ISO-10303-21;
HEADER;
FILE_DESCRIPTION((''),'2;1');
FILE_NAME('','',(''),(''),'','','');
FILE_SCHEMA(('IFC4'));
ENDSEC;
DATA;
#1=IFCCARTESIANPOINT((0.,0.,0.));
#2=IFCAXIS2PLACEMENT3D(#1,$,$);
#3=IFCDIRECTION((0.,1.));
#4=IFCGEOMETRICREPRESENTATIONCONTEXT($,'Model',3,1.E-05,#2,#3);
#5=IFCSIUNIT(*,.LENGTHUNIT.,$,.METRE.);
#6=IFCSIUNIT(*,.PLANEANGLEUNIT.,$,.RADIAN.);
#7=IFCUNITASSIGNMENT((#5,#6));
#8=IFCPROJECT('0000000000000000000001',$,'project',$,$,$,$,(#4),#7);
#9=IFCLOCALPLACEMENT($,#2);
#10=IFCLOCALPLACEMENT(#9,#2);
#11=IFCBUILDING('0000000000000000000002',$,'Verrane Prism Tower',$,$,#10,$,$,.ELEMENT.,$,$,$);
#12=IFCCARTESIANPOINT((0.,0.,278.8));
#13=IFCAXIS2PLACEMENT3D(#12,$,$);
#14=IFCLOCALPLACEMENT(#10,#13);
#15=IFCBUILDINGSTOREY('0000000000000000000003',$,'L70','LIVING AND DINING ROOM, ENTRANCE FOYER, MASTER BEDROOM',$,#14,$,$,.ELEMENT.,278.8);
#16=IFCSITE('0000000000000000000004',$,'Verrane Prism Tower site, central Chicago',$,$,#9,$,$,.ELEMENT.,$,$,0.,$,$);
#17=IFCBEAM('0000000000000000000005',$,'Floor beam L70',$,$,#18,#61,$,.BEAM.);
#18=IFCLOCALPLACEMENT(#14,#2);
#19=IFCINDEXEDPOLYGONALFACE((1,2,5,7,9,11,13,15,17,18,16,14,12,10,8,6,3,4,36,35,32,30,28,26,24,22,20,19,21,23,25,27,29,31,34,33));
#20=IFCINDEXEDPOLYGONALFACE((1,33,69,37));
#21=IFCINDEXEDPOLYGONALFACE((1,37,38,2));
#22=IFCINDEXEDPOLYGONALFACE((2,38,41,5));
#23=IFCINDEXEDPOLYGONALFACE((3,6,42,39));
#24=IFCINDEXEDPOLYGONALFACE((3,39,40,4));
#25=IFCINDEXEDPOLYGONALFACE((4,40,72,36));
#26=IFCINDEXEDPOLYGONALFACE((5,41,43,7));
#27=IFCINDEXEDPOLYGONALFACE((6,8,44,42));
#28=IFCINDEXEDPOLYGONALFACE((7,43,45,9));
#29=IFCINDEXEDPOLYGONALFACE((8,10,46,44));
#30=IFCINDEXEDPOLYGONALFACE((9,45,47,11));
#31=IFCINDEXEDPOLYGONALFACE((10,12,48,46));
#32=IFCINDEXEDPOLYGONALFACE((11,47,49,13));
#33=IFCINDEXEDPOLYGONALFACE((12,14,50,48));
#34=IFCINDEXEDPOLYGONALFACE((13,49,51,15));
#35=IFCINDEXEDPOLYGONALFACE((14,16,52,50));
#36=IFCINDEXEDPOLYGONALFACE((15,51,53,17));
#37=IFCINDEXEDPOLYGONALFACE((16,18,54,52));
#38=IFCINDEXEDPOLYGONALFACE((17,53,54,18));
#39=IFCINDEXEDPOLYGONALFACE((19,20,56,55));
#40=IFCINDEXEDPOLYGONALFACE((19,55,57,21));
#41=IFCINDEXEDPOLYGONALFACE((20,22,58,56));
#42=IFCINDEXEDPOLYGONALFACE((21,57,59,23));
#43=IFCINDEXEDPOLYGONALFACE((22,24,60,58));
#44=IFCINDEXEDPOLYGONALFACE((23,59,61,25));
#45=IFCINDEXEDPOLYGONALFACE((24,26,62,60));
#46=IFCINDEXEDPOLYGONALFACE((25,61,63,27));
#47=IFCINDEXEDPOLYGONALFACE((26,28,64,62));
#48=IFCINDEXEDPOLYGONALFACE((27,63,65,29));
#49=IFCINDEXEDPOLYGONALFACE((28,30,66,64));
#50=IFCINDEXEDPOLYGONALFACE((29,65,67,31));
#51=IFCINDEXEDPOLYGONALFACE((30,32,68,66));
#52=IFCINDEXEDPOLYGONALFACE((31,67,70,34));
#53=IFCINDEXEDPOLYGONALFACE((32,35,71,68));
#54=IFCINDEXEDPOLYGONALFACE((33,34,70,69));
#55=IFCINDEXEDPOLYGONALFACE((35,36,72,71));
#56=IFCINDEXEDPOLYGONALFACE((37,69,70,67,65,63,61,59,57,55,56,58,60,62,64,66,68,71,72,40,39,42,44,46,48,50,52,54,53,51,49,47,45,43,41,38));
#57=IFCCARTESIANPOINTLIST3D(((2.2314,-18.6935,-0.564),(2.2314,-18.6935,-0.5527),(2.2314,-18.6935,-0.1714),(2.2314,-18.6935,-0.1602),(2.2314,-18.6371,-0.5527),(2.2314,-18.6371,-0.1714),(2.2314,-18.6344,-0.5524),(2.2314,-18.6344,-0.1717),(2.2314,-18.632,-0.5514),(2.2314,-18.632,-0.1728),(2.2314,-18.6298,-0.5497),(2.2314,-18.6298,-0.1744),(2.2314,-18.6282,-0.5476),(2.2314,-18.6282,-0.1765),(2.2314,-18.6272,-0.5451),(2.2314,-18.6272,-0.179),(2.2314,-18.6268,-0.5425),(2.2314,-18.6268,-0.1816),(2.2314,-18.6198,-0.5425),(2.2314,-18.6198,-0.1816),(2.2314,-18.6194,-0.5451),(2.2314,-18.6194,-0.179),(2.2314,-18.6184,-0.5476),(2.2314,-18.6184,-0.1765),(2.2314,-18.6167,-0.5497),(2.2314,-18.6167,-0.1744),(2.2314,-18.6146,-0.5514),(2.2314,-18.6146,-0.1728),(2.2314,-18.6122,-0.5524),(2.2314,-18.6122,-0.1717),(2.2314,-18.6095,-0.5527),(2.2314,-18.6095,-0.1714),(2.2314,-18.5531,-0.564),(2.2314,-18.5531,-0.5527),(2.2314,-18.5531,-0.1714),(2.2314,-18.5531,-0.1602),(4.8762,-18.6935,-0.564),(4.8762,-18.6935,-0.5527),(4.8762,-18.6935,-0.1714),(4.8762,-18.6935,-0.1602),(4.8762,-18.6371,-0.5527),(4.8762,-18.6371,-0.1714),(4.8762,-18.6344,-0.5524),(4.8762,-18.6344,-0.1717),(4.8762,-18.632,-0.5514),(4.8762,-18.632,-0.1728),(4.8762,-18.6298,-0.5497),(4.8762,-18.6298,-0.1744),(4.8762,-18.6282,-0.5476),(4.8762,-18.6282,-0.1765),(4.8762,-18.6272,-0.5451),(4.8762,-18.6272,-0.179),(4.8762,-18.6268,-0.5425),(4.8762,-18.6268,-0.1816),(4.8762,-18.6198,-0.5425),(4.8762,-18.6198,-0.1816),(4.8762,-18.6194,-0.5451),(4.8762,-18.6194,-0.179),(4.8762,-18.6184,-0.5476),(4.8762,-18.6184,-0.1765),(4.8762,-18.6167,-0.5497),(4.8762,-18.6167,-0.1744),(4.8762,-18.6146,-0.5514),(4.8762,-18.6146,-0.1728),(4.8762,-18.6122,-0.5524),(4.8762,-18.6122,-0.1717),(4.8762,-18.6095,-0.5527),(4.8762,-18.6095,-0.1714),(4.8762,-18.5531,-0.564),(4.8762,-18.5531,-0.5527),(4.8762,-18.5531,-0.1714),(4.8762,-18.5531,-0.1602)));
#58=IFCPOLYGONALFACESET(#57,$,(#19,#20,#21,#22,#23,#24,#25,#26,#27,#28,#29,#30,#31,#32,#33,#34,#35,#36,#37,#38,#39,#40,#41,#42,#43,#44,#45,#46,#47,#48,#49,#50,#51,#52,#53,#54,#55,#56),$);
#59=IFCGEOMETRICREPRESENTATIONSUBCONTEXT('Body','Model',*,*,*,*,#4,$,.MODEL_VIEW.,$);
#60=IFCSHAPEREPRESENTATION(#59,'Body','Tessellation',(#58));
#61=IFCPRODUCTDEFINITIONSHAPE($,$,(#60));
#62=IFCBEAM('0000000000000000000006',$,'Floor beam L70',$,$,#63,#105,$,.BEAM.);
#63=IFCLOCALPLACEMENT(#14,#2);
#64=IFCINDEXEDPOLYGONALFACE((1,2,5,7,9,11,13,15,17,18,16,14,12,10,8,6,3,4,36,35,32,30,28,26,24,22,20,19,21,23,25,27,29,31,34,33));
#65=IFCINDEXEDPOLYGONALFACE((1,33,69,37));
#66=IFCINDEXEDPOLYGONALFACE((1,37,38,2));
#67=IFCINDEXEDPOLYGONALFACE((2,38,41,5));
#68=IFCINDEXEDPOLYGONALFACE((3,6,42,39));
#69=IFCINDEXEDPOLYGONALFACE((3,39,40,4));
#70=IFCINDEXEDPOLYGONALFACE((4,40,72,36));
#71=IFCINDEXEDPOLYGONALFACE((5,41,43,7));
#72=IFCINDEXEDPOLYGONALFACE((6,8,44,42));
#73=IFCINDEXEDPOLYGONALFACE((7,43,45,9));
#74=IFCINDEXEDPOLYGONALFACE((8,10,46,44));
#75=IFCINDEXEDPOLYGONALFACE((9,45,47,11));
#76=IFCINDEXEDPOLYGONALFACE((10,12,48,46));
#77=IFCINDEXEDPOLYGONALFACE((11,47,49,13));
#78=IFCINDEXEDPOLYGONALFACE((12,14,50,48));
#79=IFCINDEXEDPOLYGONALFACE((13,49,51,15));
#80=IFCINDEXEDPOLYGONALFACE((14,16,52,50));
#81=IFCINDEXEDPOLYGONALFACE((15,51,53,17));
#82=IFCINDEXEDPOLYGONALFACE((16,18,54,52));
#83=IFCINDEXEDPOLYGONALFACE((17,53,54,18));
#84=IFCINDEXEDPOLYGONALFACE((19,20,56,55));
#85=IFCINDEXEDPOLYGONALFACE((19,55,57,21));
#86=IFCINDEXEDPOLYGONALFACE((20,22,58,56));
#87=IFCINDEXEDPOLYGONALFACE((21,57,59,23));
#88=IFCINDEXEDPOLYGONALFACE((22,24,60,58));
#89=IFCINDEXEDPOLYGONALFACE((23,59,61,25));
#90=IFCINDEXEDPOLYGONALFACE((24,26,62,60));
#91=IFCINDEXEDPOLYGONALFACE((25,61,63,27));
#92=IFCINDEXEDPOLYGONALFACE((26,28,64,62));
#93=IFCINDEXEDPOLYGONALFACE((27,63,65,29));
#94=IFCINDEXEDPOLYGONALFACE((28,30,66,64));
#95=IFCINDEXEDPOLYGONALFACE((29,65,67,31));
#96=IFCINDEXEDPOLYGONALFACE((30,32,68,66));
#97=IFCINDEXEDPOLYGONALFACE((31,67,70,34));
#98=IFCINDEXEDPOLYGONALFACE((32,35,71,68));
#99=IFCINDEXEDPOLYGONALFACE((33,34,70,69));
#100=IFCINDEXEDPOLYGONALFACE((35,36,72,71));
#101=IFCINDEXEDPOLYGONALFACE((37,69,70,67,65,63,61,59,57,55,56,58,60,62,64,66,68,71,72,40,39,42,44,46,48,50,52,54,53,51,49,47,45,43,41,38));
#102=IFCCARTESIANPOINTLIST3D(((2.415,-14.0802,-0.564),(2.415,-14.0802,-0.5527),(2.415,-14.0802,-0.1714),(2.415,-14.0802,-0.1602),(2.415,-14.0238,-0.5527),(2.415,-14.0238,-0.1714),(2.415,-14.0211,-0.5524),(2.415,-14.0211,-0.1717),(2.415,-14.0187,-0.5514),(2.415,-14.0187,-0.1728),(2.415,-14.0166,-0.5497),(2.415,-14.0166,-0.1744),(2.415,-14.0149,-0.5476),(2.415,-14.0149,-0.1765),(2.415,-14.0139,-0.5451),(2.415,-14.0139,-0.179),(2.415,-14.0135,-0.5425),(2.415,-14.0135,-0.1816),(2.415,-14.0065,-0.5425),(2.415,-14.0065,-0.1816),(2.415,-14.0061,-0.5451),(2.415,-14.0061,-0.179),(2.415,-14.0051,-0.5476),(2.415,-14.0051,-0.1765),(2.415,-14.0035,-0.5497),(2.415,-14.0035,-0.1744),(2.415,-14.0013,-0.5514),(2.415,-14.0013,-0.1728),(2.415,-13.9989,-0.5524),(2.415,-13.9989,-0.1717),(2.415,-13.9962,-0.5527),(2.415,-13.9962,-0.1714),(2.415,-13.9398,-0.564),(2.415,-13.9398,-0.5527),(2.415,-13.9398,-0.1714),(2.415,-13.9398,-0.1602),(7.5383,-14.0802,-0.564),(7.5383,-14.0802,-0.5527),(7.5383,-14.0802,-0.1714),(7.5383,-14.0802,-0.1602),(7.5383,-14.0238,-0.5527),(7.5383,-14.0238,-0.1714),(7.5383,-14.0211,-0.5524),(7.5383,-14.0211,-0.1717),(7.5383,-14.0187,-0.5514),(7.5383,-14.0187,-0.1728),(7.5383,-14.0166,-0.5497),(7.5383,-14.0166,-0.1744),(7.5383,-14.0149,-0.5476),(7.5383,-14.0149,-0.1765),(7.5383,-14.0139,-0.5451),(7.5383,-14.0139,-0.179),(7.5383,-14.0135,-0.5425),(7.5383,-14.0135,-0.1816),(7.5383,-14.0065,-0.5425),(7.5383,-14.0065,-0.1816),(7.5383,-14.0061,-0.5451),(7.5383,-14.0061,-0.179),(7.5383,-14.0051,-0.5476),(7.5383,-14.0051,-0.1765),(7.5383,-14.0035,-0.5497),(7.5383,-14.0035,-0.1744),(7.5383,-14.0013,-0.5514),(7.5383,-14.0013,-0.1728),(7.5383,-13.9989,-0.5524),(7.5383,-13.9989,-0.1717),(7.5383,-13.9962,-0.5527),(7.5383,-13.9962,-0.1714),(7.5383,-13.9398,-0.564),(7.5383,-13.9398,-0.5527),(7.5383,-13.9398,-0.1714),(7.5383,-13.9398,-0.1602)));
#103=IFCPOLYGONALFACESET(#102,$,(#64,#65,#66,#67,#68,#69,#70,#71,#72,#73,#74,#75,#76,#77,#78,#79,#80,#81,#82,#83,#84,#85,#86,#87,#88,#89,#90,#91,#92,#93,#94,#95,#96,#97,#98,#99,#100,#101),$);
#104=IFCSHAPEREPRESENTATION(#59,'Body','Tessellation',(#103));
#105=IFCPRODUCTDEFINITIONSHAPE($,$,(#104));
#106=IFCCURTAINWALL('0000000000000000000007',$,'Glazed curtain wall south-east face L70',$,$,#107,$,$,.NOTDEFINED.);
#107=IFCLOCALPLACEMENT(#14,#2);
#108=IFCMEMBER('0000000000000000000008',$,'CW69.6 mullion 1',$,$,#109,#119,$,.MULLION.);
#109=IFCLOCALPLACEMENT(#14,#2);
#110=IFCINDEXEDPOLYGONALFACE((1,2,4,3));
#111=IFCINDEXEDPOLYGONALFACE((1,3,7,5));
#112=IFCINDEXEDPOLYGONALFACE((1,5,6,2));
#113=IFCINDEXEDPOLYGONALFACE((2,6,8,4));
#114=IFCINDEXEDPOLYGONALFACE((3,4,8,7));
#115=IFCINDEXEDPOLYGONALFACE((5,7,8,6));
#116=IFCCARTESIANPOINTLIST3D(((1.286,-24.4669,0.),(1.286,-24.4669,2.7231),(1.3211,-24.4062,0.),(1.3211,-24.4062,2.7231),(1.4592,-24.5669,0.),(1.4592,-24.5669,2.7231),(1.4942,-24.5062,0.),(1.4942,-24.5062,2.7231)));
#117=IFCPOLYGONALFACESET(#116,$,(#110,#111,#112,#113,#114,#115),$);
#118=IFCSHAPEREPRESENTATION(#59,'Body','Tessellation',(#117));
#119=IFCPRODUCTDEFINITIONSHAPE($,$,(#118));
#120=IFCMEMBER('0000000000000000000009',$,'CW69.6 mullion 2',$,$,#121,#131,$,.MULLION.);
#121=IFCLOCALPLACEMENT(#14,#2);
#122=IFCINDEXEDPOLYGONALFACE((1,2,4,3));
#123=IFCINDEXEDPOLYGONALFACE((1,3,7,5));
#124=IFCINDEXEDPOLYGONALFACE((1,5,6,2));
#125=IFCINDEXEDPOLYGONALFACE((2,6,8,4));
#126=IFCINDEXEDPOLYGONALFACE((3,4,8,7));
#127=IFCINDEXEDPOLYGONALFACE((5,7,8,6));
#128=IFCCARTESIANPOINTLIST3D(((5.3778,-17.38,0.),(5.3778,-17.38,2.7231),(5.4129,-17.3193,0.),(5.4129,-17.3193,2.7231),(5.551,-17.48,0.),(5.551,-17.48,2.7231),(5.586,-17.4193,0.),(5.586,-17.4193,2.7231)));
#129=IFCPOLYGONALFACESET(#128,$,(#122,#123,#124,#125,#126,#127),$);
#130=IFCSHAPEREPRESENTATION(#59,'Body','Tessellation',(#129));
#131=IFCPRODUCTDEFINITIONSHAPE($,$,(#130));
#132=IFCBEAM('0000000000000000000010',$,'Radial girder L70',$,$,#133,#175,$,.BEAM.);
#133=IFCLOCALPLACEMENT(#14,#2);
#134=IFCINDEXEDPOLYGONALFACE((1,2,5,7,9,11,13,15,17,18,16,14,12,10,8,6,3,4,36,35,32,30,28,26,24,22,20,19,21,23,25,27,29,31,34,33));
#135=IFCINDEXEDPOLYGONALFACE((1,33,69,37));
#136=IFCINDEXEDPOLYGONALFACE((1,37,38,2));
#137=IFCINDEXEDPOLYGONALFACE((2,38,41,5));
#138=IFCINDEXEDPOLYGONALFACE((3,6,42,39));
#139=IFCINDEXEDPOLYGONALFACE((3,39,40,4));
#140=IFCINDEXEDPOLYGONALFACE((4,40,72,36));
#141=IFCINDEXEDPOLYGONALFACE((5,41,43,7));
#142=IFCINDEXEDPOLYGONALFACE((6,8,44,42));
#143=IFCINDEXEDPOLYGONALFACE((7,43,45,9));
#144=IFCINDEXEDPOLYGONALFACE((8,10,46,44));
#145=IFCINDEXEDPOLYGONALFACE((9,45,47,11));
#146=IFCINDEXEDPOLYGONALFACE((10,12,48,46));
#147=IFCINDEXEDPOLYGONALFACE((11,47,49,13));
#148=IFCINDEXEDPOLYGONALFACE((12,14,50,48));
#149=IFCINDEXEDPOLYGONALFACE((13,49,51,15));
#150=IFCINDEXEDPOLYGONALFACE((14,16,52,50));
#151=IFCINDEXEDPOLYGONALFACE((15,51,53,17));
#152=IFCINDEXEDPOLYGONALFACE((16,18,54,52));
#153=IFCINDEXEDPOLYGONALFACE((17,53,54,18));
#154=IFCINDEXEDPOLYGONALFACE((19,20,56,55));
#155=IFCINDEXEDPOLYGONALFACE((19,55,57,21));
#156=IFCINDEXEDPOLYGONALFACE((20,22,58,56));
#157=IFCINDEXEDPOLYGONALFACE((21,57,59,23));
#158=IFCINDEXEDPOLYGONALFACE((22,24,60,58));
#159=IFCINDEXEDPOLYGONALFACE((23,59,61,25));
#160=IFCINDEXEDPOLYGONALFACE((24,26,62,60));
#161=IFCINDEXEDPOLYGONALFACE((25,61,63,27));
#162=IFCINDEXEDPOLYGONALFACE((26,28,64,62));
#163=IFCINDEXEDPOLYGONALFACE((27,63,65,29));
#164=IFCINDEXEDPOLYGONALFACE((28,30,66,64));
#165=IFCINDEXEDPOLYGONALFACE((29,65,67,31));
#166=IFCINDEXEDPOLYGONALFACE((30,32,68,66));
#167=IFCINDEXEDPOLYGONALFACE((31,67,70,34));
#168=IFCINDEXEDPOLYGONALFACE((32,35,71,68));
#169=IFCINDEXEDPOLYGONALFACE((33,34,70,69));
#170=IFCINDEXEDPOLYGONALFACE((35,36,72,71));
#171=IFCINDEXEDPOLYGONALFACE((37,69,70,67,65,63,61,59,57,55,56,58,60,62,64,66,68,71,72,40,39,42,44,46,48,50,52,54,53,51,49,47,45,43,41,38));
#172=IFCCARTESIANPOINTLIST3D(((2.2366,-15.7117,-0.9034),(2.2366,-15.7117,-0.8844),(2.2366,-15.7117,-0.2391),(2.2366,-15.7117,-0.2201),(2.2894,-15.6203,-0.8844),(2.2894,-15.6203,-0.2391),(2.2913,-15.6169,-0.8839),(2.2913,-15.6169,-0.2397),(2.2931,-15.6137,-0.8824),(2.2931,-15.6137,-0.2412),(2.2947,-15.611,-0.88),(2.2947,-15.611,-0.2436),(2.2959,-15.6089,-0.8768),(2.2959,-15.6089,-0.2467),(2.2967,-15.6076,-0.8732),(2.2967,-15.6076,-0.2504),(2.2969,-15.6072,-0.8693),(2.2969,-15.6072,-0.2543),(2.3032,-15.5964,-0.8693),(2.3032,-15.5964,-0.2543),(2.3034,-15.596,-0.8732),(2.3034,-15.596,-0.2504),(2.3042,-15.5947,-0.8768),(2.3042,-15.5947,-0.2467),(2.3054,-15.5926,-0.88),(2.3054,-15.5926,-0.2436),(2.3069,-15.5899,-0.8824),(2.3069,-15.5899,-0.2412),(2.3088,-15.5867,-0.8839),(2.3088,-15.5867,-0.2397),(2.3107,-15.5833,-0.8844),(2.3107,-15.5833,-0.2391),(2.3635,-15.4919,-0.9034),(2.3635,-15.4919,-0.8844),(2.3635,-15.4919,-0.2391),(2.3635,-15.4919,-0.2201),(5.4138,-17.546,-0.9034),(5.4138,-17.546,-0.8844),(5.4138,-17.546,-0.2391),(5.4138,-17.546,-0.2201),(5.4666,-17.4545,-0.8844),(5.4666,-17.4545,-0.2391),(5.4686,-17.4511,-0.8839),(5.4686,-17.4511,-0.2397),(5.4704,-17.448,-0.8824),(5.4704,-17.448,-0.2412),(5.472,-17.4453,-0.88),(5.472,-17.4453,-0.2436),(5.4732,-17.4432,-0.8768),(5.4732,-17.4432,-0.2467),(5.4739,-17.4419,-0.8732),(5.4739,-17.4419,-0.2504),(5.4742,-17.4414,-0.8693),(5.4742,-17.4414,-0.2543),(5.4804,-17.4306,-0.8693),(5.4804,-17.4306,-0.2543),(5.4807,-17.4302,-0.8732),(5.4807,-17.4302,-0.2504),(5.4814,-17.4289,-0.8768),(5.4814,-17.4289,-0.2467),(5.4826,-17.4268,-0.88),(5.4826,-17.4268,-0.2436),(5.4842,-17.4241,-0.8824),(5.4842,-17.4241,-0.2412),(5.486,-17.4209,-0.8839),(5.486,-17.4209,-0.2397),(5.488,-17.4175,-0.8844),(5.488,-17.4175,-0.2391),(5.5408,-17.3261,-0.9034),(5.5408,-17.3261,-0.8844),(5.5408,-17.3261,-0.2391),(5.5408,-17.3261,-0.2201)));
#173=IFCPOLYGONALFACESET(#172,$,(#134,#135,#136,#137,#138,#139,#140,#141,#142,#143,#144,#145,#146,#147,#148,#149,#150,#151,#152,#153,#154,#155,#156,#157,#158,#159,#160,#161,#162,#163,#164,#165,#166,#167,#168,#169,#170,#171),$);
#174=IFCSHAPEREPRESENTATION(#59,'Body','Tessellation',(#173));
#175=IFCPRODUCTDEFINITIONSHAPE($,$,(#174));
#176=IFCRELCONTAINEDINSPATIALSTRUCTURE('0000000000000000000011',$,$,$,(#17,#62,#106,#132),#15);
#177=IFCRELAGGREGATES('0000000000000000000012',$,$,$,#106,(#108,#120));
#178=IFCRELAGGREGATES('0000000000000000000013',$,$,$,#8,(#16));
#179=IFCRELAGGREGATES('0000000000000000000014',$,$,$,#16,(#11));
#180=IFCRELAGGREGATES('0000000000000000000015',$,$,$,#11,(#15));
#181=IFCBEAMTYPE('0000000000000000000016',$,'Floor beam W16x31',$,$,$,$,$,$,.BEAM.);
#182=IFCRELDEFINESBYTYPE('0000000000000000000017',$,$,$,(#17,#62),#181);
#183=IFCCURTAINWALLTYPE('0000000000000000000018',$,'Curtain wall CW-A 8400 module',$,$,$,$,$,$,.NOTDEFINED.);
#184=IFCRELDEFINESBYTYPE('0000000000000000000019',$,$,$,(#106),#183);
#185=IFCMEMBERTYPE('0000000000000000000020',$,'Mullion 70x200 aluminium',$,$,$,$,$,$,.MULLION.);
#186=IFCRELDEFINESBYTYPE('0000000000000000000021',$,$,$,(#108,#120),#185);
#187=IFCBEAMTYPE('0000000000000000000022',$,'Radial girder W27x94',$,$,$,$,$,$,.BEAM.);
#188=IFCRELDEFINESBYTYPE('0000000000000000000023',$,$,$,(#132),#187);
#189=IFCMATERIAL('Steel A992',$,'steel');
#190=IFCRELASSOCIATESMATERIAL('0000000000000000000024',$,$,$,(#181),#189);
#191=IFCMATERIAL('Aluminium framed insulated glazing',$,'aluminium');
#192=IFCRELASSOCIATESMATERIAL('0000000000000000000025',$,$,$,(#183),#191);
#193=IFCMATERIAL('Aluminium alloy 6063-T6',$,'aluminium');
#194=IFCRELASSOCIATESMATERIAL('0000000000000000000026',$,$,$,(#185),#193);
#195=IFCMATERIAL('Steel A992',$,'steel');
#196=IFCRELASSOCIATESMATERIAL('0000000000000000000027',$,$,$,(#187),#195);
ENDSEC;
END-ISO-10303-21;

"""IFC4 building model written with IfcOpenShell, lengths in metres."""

from ifc_helpers import new_model, si_unit, direction, frame, origin, origin_2d, place, context, subcontext, project, spatial, rectangle, i_section, extrude, material, material_profile, profile_set, type_object, element, aggregate, save


model = new_model("IFC4")

# Units and contexts
model_context = context("Model", 3, precision=1e-05, world=origin(), true_north=direction((0.0, 1.0)))
body_context = subcontext(model_context, "Body", "Model", "MODEL_VIEW")
ifc_project = project(units=[si_unit("LENGTHUNIT", "METRE"), si_unit("PLANEANGLEUNIT", "RADIAN")], contexts=[model_context])

# Site, building, storey
site_placement = place(None, origin())
site = spatial("IfcSite", under=ifc_project, at=site_placement, Name="Verrane Prism Tower site, central Chicago", CompositionType="ELEMENT", RefElevation=0.0)
building_placement = place(site_placement, origin())
building = spatial("IfcBuilding", under=site, at=building_placement, Name="Verrane Prism Tower", CompositionType="ELEMENT")
storey_placement = place(building_placement, frame((0.0, 0.0, 278.8)))
storey = spatial("IfcBuildingStorey", under=building, at=storey_placement, Name="L70", Description="LIVING AND DINING ROOM, ENTRANCE FOYER, MASTER BEDROOM", CompositionType="ELEMENT", Elevation=278.8)

# Beams
ifc_material_1 = material(Name="Steel A992", Category="steel")
ifc_material_profile_1 = material_profile(ifc_material_1, i_section(OverallWidth=0.1404, OverallDepth=0.4038, WebThickness=0.0071, FlangeThickness=0.0112, FilletRadius=0.0103, at=origin_2d()), Name="W16x31")
ifc_profile_set_1 = profile_set([ifc_material_profile_1], Name="Steel A992")
beam_type_1 = type_object("IfcBeamType", Name="Floor beam W16x31", PredefinedType="BEAM", material=ifc_profile_set_1)
beam_1_placement = place(storey_placement, frame((2.2314, -18.6233, -0.3621), z_axis=(1.0, 0.0, 0.0), x_axis=(0.0, 1.0, 0.0)))
element("IfcBeam", 1, at=beam_1_placement, inside=storey, type_object=beam_type_1, Name="Floor beam L70", PredefinedType="BEAM", context=body_context, shape_type="SweptSolid", body=[
    extrude(i_section(OverallWidth=0.1404, OverallDepth=0.4038, WebThickness=0.0071, FlangeThickness=0.0112, FilletRadius=0.0103, at=origin_2d()), origin(), (0.0, 0.0, 1.0), 2.6448),
])
beam_2_placement = place(storey_placement, frame((2.415, -14.01, -0.3621), z_axis=(1.0, 0.0, 0.0), x_axis=(0.0, 1.0, 0.0)))
element("IfcBeam", 2, at=beam_2_placement, inside=storey, type_object=beam_type_1, Name="Floor beam L70", PredefinedType="BEAM", context=body_context, shape_type="SweptSolid", body=[
    extrude(i_section(OverallWidth=0.1404, OverallDepth=0.4038, WebThickness=0.0071, FlangeThickness=0.0112, FilletRadius=0.0103, at=origin_2d()), origin(), (0.0, 0.0, 1.0), 5.1233),
])

# Curtain wall, members
ifc_material_2 = material(Name="Aluminium framed insulated glazing", Category="aluminium")
curtain_wall_type = type_object("IfcCurtainWallType", Name="Curtain wall CW-A 8400 module", PredefinedType="NOTDEFINED", material=ifc_material_2)
curtain_wall_1_placement = place(storey_placement, origin())
curtain_wall_1 = element("IfcCurtainWall", 3, at=curtain_wall_1_placement, inside=storey, type_object=curtain_wall_type, Name="Glazed curtain wall south-east face L70", PredefinedType="NOTDEFINED")
ifc_material_3 = material(Name="Aluminium alloy 6063-T6", Category="aluminium")
ifc_material_profile_2 = material_profile(ifc_material_3, rectangle(XDim=0.2, YDim=0.0701, at=origin_2d()), Name="Mullion 70x200 aluminium")
ifc_profile_set_2 = profile_set([ifc_material_profile_2], Name="Aluminium alloy 6063-T6")
member_type_1 = type_object("IfcMemberType", Name="Mullion 70x200 aluminium", PredefinedType="MULLION", material=ifc_profile_set_2)
member_1_placement = place(storey_placement, frame((1.3901, -24.4866, 0.0), z_axis=(0.0, 0.0, 1.0), x_axis=(-0.866025, 0.500001, 0.0)))
member_1 = element("IfcMember", 4, at=member_1_placement, type_object=member_type_1, Name="CW69.6 mullion 1", PredefinedType="MULLION", context=body_context, shape_type="SweptSolid", body=[
    extrude(rectangle(XDim=0.2, YDim=0.0701, at=origin_2d()), origin(), (0.0, 0.0, 1.0), 2.7231),
])
member_2_placement = place(storey_placement, frame((5.4819, -17.3997, 0.0), z_axis=(0.0, 0.0, 1.0), x_axis=(-0.866025, 0.500001, 0.0)))
member_2 = element("IfcMember", 5, at=member_2_placement, type_object=member_type_1, Name="CW69.6 mullion 2", PredefinedType="MULLION", context=body_context, shape_type="SweptSolid", body=[
    extrude(rectangle(XDim=0.2, YDim=0.0701, at=origin_2d()), origin(), (0.0, 0.0, 1.0), 2.7231),
])

# Beam
ifc_material_4 = material(Name="Steel A992", Category="steel")
ifc_material_profile_3 = material_profile(ifc_material_4, i_section(OverallWidth=0.2539, OverallDepth=0.6833, WebThickness=0.0125, FlangeThickness=0.019, FilletRadius=0.0151, at=origin_2d()), Name="W27x94")
ifc_profile_set_3 = profile_set([ifc_material_profile_3], Name="Steel A992")
beam_type_2 = type_object("IfcBeamType", Name="Radial girder W27x94", PredefinedType="BEAM", material=ifc_profile_set_3)
beam_3_placement = place(storey_placement, frame((5.4773, -17.436, -0.5618), z_axis=(-0.866044, 0.499968, 0.0), x_axis=(-0.499968, -0.866044, 0.0)))
element("IfcBeam", 6, at=beam_3_placement, inside=storey, type_object=beam_type_2, Name="Radial girder L70", PredefinedType="BEAM", context=body_context, shape_type="SweptSolid", body=[
    extrude(i_section(OverallWidth=0.2539, OverallDepth=0.6833, WebThickness=0.0125, FlangeThickness=0.019, FilletRadius=0.0151, at=origin_2d()), origin(), (0.0, 0.0, 1.0), 3.6687),
])

aggregate(curtain_wall_1, [member_1, member_2])

save(model, "model.ifc")
